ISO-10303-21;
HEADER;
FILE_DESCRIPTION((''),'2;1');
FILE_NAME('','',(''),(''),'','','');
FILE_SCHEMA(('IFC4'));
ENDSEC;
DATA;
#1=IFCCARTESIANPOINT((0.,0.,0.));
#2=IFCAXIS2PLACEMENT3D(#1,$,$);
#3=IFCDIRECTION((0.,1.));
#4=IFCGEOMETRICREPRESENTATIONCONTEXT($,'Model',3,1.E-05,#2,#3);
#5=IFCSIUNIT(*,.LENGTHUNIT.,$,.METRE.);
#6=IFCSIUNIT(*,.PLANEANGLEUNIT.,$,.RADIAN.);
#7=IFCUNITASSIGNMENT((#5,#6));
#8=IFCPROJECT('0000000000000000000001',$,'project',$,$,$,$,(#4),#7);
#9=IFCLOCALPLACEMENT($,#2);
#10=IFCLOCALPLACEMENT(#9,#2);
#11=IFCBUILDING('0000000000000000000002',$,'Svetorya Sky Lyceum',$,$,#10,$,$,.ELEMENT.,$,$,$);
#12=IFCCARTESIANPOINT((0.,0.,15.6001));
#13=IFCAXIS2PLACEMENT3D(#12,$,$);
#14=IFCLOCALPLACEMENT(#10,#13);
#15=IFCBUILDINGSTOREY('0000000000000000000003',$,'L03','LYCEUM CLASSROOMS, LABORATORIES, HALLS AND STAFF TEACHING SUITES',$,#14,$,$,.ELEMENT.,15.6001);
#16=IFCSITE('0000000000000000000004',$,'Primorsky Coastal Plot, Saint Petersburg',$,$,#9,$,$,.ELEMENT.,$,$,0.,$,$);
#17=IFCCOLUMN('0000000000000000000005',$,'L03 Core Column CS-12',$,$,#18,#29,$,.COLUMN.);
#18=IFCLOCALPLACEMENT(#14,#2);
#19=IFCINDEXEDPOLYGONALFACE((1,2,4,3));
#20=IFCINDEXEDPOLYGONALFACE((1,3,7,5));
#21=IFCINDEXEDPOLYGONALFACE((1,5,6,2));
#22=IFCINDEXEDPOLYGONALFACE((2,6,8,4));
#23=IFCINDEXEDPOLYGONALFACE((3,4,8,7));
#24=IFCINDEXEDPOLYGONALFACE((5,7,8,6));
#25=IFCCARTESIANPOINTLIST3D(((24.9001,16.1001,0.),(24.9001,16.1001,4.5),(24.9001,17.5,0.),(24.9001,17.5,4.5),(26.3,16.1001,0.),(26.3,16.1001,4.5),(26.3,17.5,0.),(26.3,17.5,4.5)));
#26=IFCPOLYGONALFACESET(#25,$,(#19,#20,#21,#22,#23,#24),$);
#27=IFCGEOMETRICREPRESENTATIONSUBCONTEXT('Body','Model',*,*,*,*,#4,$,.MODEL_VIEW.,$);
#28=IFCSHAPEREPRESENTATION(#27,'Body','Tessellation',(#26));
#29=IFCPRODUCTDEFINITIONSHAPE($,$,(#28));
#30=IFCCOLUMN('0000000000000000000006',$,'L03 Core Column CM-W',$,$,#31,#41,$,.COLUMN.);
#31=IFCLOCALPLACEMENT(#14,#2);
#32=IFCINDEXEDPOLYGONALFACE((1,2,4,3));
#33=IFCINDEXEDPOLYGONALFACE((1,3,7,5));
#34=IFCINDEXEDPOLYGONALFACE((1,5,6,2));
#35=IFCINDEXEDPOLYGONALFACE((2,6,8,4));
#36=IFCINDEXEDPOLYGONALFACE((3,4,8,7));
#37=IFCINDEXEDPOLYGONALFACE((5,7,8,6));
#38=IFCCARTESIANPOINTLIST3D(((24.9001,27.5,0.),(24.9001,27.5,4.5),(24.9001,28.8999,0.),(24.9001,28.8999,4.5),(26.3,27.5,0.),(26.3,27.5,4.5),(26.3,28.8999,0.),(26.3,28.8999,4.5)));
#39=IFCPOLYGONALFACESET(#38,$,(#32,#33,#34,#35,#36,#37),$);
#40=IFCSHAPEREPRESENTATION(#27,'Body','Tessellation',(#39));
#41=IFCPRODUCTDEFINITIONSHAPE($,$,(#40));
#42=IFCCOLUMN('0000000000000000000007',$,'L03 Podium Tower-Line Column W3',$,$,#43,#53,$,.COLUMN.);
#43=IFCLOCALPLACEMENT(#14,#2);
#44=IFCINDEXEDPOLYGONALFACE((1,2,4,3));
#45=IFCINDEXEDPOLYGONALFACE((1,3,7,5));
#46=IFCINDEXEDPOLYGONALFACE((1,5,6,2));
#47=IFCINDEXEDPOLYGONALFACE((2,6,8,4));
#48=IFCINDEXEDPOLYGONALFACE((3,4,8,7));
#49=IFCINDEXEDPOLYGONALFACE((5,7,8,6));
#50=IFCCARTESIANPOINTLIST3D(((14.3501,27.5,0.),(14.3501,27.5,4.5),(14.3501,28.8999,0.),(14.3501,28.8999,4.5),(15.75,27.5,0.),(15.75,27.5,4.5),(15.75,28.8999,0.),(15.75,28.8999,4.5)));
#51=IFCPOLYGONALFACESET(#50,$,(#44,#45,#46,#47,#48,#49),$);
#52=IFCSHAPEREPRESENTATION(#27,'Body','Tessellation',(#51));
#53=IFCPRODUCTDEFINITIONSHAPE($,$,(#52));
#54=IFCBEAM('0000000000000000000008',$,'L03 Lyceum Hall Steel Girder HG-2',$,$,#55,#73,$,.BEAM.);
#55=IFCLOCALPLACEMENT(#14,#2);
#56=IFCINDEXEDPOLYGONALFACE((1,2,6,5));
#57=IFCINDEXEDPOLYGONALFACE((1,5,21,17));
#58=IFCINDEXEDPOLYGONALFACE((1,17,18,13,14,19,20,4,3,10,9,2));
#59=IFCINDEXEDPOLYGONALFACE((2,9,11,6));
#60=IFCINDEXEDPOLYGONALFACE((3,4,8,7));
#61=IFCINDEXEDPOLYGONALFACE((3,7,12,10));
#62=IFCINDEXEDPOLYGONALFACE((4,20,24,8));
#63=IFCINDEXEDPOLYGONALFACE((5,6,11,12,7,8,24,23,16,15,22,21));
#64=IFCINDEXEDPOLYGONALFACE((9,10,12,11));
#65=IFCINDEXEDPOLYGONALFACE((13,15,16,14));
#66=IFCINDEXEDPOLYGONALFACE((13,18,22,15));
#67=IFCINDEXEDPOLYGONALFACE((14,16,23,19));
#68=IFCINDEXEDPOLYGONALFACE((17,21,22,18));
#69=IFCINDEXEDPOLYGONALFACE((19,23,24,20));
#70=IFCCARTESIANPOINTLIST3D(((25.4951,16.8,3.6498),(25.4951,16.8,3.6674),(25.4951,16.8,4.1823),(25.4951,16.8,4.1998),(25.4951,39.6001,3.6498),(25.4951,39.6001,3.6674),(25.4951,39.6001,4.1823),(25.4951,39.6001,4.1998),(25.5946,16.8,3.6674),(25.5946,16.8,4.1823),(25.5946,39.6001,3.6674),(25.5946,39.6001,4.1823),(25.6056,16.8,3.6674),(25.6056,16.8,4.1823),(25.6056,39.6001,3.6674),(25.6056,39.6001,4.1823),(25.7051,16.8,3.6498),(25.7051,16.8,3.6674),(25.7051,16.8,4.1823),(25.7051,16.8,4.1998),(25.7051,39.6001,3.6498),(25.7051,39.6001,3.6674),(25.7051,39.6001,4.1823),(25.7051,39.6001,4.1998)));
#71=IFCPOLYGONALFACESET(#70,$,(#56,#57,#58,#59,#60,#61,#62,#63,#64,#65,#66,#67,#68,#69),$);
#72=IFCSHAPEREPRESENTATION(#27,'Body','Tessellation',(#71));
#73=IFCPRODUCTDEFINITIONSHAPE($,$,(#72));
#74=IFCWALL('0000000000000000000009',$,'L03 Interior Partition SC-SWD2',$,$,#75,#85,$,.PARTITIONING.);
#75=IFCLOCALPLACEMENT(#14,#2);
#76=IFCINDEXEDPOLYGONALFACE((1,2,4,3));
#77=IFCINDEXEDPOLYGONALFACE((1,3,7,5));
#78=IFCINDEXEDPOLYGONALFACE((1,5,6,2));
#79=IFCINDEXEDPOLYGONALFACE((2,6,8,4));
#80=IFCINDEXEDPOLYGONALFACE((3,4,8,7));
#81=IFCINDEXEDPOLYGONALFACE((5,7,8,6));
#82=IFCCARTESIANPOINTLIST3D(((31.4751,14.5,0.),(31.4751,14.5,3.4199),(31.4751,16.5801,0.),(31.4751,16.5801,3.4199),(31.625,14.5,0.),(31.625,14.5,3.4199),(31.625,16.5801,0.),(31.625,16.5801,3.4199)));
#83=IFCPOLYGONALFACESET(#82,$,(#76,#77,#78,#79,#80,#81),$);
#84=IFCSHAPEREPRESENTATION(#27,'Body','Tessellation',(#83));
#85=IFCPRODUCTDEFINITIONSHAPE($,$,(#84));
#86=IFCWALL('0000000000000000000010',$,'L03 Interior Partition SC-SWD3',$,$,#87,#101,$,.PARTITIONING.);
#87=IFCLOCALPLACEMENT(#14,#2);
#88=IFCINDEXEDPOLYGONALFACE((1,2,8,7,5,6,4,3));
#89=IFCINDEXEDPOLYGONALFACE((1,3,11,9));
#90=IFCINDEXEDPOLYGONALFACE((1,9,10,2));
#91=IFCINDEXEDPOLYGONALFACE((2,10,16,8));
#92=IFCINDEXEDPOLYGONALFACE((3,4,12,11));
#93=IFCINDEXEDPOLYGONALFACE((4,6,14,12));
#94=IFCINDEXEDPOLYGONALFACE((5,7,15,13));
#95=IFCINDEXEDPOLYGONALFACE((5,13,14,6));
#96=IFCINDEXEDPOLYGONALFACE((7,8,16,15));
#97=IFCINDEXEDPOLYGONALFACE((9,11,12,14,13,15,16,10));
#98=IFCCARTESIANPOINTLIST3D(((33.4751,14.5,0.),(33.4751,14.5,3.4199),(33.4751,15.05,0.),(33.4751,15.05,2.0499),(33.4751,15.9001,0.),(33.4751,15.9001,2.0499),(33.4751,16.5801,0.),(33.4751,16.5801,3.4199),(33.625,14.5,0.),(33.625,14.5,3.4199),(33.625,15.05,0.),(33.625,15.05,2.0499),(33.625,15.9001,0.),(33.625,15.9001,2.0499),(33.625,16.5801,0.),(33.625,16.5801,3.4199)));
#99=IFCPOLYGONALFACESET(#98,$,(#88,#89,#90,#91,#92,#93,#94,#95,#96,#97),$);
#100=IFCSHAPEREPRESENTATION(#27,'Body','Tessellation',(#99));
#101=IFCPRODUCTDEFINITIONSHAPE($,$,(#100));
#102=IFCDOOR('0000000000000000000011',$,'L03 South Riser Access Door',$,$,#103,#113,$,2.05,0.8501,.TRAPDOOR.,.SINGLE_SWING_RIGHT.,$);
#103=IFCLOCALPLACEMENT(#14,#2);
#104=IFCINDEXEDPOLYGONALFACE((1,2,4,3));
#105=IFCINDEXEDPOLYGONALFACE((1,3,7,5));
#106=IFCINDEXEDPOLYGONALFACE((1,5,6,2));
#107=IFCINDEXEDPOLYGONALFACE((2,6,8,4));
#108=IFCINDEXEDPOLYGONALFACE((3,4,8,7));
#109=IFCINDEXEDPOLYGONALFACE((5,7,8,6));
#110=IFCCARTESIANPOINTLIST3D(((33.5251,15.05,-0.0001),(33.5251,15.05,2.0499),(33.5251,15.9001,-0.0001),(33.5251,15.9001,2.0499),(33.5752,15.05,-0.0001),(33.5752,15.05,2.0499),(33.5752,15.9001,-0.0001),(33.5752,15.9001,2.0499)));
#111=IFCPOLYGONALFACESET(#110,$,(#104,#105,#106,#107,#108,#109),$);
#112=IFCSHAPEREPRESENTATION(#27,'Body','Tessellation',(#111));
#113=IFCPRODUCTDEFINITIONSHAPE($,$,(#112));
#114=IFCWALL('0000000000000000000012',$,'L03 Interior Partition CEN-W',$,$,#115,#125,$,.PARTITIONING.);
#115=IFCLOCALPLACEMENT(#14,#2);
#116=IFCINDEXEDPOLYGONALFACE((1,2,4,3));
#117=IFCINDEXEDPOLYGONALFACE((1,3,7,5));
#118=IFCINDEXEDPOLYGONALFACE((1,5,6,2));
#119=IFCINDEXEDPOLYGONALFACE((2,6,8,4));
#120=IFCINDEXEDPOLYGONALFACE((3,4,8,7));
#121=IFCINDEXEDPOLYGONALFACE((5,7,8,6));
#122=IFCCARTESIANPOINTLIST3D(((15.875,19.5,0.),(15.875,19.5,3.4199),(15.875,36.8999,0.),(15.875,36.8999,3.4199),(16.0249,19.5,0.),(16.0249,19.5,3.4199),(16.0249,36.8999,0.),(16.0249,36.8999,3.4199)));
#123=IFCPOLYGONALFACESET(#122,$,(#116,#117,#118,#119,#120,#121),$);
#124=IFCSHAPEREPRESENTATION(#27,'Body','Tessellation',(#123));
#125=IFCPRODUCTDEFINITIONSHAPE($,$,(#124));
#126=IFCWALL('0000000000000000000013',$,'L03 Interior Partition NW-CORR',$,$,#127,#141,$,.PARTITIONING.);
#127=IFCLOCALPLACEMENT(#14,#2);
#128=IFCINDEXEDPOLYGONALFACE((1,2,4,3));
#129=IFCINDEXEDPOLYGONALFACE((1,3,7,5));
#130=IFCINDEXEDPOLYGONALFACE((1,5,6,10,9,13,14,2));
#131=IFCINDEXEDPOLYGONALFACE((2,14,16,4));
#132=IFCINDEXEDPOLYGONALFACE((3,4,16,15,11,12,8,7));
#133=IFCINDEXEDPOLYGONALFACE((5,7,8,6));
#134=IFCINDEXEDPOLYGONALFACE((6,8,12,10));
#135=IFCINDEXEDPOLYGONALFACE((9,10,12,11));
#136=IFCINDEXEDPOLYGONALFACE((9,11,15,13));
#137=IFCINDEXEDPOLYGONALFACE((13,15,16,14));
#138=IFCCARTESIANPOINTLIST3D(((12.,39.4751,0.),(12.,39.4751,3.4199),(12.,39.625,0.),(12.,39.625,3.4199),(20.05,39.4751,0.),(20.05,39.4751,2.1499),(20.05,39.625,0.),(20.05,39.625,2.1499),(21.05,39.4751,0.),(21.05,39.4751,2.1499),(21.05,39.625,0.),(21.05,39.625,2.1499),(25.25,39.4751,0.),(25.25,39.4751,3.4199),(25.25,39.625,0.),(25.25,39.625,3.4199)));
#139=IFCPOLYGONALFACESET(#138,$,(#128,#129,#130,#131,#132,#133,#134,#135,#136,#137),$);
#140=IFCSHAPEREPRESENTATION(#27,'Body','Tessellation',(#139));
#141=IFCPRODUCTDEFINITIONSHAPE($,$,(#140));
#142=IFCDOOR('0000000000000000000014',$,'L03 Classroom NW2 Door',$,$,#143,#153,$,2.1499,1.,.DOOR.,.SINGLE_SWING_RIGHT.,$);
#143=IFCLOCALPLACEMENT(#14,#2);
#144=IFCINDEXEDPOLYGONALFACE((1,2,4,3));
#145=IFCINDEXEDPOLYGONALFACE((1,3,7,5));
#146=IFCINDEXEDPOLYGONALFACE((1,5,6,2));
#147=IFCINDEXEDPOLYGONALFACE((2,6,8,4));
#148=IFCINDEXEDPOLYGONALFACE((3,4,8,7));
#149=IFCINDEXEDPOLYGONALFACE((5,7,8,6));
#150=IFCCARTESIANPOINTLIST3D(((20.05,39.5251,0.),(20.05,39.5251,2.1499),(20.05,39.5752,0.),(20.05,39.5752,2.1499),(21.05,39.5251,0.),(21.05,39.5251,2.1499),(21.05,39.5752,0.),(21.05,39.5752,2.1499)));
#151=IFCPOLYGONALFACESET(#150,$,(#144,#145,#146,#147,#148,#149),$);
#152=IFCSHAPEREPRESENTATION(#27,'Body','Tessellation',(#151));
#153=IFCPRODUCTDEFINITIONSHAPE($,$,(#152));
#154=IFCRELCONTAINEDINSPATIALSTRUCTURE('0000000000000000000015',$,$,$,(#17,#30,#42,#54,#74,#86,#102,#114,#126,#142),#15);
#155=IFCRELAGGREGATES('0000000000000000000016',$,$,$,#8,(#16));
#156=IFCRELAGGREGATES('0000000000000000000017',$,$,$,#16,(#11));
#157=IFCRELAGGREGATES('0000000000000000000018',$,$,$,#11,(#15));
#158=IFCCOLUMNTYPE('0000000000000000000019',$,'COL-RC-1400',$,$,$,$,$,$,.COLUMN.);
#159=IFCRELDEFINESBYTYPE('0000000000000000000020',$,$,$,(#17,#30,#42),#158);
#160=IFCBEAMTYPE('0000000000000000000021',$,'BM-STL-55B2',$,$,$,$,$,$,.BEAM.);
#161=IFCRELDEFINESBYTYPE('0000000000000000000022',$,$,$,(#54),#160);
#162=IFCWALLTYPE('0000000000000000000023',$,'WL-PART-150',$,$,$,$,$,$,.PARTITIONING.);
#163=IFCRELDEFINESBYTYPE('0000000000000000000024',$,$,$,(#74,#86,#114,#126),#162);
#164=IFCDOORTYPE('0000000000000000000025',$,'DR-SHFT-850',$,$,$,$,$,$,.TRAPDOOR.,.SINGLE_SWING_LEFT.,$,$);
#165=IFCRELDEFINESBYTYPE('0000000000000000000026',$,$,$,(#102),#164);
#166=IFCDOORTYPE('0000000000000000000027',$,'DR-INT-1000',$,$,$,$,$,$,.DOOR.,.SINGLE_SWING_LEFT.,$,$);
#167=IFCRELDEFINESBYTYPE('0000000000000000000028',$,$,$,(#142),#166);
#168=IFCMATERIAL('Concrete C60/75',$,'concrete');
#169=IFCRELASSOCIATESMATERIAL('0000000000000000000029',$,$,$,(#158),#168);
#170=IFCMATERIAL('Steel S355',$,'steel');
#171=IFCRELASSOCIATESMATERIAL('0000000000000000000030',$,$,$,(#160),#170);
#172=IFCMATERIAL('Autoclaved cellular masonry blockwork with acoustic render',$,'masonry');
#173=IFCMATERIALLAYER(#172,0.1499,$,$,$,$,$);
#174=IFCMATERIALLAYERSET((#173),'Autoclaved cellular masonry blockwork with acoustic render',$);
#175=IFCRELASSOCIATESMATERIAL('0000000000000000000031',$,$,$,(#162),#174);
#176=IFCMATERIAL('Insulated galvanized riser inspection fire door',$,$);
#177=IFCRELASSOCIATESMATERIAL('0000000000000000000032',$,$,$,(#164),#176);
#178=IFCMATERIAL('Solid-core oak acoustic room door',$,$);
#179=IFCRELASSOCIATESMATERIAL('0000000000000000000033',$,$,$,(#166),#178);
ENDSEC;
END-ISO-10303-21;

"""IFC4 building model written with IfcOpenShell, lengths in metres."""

from ifc_helpers import new_model, si_unit, direction, frame, frame_2d, origin, origin_2d, place, context, subcontext, project, spatial, rectangle, i_section, extrude, material, layer, layer_set, material_profile, profile_set, type_object, element, fill, save


model = new_model("IFC4")

# Units and contexts
model_context = context("Model", 3, precision=1e-05, world=origin(), true_north=direction((0.0, 1.0)))
body_context = subcontext(model_context, "Body", "Model", "MODEL_VIEW")
ifc_project = project(units=[si_unit("LENGTHUNIT", "METRE"), si_unit("PLANEANGLEUNIT", "RADIAN")], contexts=[model_context])

# Site, building, storey
site_placement = place(None, origin())
site = spatial("IfcSite", under=ifc_project, at=site_placement, Name="Primorsky Coastal Plot, Saint Petersburg", CompositionType="ELEMENT", RefElevation=0.0)
building_placement = place(site_placement, origin())
building = spatial("IfcBuilding", under=site, at=building_placement, Name="Svetorya Sky Lyceum", CompositionType="ELEMENT")
storey_placement = place(building_placement, frame((0.0, 0.0, 15.6001)))
storey = spatial("IfcBuildingStorey", under=building, at=storey_placement, Name="L03", Description="LYCEUM CLASSROOMS, LABORATORIES, HALLS AND STAFF TEACHING SUITES", CompositionType="ELEMENT", Elevation=15.6001)

# Columns
ifc_material_1 = material(Name="Concrete C60/75", Category="concrete")
ifc_material_profile_1 = material_profile(ifc_material_1, rectangle(XDim=1.3999, YDim=1.3999, at=origin_2d()), Name="RC COL 1400x1400")
ifc_profile_set_1 = profile_set([ifc_material_profile_1], Name="Concrete C60/75")
column_type = type_object("IfcColumnType", Name="COL-RC-1400", PredefinedType="COLUMN", material=ifc_profile_set_1)
for number, where, z_axis, x_axis, name in (
    (1, (25.6001, 16.8, 0.0), (0.0, 0.0, 1.0), (1.0, 0.0, 0.0), "L03 Core Column CS-12"),
    (2, (25.6001, 28.2, 0.0), (0.0, 0.0, 1.0), (1.0, 0.0, 0.0), "L03 Core Column CM-W"),
    (3, (15.05, 28.2, 0.0), (0.0, 0.0, 1.0), (1.0, 0.0, 0.0), "L03 Podium Tower-Line Column W3"),
):
    element("IfcColumn", number, at=place(storey_placement, frame(where, z_axis=z_axis, x_axis=x_axis)), inside=storey, type_object=column_type, Name=name, PredefinedType="COLUMN", context=body_context, shape_type="SweptSolid", body=[
        extrude(rectangle(XDim=1.3999, YDim=1.3999, at=origin_2d()), origin(), (0.0, 0.0, 1.0), 4.5),
    ])

# Beam
ifc_material_2 = material(Name="Steel S355", Category="steel")
ifc_material_profile_2 = material_profile(ifc_material_2, i_section(OverallWidth=0.21, OverallDepth=0.55, WebThickness=0.011, FlangeThickness=0.0176, at=origin_2d()), Name="GOST 55B2")
ifc_profile_set_2 = profile_set([ifc_material_profile_2], Name="Steel S355")
beam_type = type_object("IfcBeamType", Name="BM-STL-55B2", PredefinedType="BEAM", material=ifc_profile_set_2)
beam_placement = place(storey_placement, frame((25.6001, 16.8, 3.9248), z_axis=(0.0, 1.0, 0.0), x_axis=(-1.0, 0.0, 0.0)))
element("IfcBeam", 4, at=beam_placement, inside=storey, type_object=beam_type, Name="L03 Lyceum Hall Steel Girder HG-2", PredefinedType="BEAM", context=body_context, shape_type="SweptSolid", body=[
    extrude(i_section(OverallWidth=0.21, OverallDepth=0.55, WebThickness=0.011, FlangeThickness=0.0176, at=origin_2d()), origin(), (0.0, 0.0, 1.0), 22.8),
])

# Wall
ifc_material_3 = material(Name="Autoclaved cellular masonry blockwork with acoustic render", Category="masonry")
ifc_layer_1 = layer(ifc_material_3, 0.1499)
ifc_layer_set_1 = layer_set([ifc_layer_1], Name="Autoclaved cellular masonry blockwork with acoustic render")
wall_type_1 = type_object("IfcWallType", Name="WL-PART-150", PredefinedType="PARTITIONING", material=ifc_layer_set_1)
wall_1_placement = place(storey_placement, frame((31.55, 14.5, 0.0), z_axis=(0.0, 0.0, 1.0), x_axis=(0.0, 1.0, 0.0)))
element("IfcWall", 5, at=wall_1_placement, inside=storey, type_object=wall_type_1, Name="L03 Interior Partition SC-SWD2", PredefinedType="PARTITIONING", context=body_context, shape_type="SweptSolid", body=[
    extrude(rectangle(XDim=2.0801, YDim=0.1499, at=frame_2d((1.04, 0.0))), origin(), (0.0, 0.0, 1.0), 3.4199),
])

# Wall, opening, door
wall_2_placement = place(storey_placement, frame((33.55, 14.5, 0.0), z_axis=(0.0, 0.0, 1.0), x_axis=(0.0, 1.0, 0.0)))
wall_2 = element("IfcWall", 6, at=wall_2_placement, inside=storey, type_object=wall_type_1, Name="L03 Interior Partition SC-SWD3", PredefinedType="PARTITIONING", context=body_context, shape_type="SweptSolid", body=[
    extrude(rectangle(XDim=2.0801, YDim=0.1499, at=frame_2d((1.04, 0.0))), origin(), (0.0, 0.0, 1.0), 3.4199),
])
opening_1_placement = place(wall_2_placement, frame((0.55, 0.0, 0.0)))
opening_1 = element("IfcOpeningElement", 7, at=opening_1_placement, cuts=wall_2, PredefinedType="OPENING", context=body_context, shape_type="SweptSolid", body=[
    extrude(rectangle(XDim=0.8501, YDim=2.05, at=frame_2d((0.425, 1.0249))), frame((0.0, 0.085, 0.0), z_axis=(0.0, -1.0, 0.0), x_axis=(1.0, 0.0, 0.0)), (0.0, 0.0, 1.0), 0.1699),
])
ifc_material_4 = material(Name="Insulated galvanized riser inspection fire door")
door_type_1 = type_object("IfcDoorType", Name="DR-SHFT-850", OperationType="SINGLE_SWING_LEFT", PredefinedType="TRAPDOOR", material=ifc_material_4)
door_1_placement = place(opening_1_placement, origin())
door_1 = element("IfcDoor", 8, at=door_1_placement, inside=storey, type_object=door_type_1, Name="L03 South Riser Access Door", OperationType="SINGLE_SWING_RIGHT", OverallHeight=2.05, OverallWidth=0.8501, PredefinedType="TRAPDOOR", context=body_context, shape_type="SweptSolid", body=[
    extrude(rectangle(XDim=0.8501, YDim=2.05, at=frame_2d((0.425, 1.0249))), frame((0.0, 0.0249, 0.0), z_axis=(0.0, -1.0, 0.0), x_axis=(1.0, 0.0, 0.0)), (0.0, 0.0, 1.0), 0.05),
])
fill(opening_1, door_1)

# Wall
wall_3_placement = place(storey_placement, frame((15.95, 19.5, 0.0), z_axis=(0.0, 0.0, 1.0), x_axis=(0.0, 1.0, 0.0)))
element("IfcWall", 9, at=wall_3_placement, inside=storey, type_object=wall_type_1, Name="L03 Interior Partition CEN-W", PredefinedType="PARTITIONING", context=body_context, shape_type="SweptSolid", body=[
    extrude(rectangle(XDim=17.3999, YDim=0.1499, at=frame_2d((8.7, 0.0))), origin(), (0.0, 0.0, 1.0), 3.4199),
])

# Wall, opening, door
wall_4_placement = place(storey_placement, frame((25.25, 39.55, 0.0), z_axis=(0.0, 0.0, 1.0), x_axis=(-1.0, 0.0, 0.0)))
wall_4 = element("IfcWall", 10, at=wall_4_placement, inside=storey, type_object=wall_type_1, Name="L03 Interior Partition NW-CORR", PredefinedType="PARTITIONING", context=body_context, shape_type="SweptSolid", body=[
    extrude(rectangle(XDim=13.25, YDim=0.1499, at=frame_2d((6.625, 0.0))), origin(), (0.0, 0.0, 1.0), 3.4199),
])
opening_2_placement = place(wall_4_placement, frame((4.2, 0.0, 0.0)))
opening_2 = element("IfcOpeningElement", 11, at=opening_2_placement, cuts=wall_4, PredefinedType="OPENING", context=body_context, shape_type="SweptSolid", body=[
    extrude(rectangle(XDim=1.0, YDim=2.1499, at=frame_2d((0.5, 1.075))), frame((0.0, 0.085, 0.0), z_axis=(0.0, -1.0, 0.0), x_axis=(1.0, 0.0, 0.0)), (0.0, 0.0, 1.0), 0.1699),
])
ifc_material_5 = material(Name="Solid-core oak acoustic room door")
door_type_2 = type_object("IfcDoorType", Name="DR-INT-1000", OperationType="SINGLE_SWING_LEFT", PredefinedType="DOOR", material=ifc_material_5)
door_2_placement = place(opening_2_placement, origin())
door_2 = element("IfcDoor", 12, at=door_2_placement, inside=storey, type_object=door_type_2, Name="L03 Classroom NW2 Door", OperationType="SINGLE_SWING_RIGHT", OverallHeight=2.1499, OverallWidth=1.0, PredefinedType="DOOR", context=body_context, shape_type="SweptSolid", body=[
    extrude(rectangle(XDim=1.0, YDim=2.1499, at=frame_2d((0.5, 1.075))), frame((0.0, 0.0249, 0.0), z_axis=(0.0, -1.0, 0.0), x_axis=(1.0, 0.0, 0.0)), (0.0, 0.0, 1.0), 0.05),
])
fill(opening_2, door_2)

save(model, "model.ifc")
